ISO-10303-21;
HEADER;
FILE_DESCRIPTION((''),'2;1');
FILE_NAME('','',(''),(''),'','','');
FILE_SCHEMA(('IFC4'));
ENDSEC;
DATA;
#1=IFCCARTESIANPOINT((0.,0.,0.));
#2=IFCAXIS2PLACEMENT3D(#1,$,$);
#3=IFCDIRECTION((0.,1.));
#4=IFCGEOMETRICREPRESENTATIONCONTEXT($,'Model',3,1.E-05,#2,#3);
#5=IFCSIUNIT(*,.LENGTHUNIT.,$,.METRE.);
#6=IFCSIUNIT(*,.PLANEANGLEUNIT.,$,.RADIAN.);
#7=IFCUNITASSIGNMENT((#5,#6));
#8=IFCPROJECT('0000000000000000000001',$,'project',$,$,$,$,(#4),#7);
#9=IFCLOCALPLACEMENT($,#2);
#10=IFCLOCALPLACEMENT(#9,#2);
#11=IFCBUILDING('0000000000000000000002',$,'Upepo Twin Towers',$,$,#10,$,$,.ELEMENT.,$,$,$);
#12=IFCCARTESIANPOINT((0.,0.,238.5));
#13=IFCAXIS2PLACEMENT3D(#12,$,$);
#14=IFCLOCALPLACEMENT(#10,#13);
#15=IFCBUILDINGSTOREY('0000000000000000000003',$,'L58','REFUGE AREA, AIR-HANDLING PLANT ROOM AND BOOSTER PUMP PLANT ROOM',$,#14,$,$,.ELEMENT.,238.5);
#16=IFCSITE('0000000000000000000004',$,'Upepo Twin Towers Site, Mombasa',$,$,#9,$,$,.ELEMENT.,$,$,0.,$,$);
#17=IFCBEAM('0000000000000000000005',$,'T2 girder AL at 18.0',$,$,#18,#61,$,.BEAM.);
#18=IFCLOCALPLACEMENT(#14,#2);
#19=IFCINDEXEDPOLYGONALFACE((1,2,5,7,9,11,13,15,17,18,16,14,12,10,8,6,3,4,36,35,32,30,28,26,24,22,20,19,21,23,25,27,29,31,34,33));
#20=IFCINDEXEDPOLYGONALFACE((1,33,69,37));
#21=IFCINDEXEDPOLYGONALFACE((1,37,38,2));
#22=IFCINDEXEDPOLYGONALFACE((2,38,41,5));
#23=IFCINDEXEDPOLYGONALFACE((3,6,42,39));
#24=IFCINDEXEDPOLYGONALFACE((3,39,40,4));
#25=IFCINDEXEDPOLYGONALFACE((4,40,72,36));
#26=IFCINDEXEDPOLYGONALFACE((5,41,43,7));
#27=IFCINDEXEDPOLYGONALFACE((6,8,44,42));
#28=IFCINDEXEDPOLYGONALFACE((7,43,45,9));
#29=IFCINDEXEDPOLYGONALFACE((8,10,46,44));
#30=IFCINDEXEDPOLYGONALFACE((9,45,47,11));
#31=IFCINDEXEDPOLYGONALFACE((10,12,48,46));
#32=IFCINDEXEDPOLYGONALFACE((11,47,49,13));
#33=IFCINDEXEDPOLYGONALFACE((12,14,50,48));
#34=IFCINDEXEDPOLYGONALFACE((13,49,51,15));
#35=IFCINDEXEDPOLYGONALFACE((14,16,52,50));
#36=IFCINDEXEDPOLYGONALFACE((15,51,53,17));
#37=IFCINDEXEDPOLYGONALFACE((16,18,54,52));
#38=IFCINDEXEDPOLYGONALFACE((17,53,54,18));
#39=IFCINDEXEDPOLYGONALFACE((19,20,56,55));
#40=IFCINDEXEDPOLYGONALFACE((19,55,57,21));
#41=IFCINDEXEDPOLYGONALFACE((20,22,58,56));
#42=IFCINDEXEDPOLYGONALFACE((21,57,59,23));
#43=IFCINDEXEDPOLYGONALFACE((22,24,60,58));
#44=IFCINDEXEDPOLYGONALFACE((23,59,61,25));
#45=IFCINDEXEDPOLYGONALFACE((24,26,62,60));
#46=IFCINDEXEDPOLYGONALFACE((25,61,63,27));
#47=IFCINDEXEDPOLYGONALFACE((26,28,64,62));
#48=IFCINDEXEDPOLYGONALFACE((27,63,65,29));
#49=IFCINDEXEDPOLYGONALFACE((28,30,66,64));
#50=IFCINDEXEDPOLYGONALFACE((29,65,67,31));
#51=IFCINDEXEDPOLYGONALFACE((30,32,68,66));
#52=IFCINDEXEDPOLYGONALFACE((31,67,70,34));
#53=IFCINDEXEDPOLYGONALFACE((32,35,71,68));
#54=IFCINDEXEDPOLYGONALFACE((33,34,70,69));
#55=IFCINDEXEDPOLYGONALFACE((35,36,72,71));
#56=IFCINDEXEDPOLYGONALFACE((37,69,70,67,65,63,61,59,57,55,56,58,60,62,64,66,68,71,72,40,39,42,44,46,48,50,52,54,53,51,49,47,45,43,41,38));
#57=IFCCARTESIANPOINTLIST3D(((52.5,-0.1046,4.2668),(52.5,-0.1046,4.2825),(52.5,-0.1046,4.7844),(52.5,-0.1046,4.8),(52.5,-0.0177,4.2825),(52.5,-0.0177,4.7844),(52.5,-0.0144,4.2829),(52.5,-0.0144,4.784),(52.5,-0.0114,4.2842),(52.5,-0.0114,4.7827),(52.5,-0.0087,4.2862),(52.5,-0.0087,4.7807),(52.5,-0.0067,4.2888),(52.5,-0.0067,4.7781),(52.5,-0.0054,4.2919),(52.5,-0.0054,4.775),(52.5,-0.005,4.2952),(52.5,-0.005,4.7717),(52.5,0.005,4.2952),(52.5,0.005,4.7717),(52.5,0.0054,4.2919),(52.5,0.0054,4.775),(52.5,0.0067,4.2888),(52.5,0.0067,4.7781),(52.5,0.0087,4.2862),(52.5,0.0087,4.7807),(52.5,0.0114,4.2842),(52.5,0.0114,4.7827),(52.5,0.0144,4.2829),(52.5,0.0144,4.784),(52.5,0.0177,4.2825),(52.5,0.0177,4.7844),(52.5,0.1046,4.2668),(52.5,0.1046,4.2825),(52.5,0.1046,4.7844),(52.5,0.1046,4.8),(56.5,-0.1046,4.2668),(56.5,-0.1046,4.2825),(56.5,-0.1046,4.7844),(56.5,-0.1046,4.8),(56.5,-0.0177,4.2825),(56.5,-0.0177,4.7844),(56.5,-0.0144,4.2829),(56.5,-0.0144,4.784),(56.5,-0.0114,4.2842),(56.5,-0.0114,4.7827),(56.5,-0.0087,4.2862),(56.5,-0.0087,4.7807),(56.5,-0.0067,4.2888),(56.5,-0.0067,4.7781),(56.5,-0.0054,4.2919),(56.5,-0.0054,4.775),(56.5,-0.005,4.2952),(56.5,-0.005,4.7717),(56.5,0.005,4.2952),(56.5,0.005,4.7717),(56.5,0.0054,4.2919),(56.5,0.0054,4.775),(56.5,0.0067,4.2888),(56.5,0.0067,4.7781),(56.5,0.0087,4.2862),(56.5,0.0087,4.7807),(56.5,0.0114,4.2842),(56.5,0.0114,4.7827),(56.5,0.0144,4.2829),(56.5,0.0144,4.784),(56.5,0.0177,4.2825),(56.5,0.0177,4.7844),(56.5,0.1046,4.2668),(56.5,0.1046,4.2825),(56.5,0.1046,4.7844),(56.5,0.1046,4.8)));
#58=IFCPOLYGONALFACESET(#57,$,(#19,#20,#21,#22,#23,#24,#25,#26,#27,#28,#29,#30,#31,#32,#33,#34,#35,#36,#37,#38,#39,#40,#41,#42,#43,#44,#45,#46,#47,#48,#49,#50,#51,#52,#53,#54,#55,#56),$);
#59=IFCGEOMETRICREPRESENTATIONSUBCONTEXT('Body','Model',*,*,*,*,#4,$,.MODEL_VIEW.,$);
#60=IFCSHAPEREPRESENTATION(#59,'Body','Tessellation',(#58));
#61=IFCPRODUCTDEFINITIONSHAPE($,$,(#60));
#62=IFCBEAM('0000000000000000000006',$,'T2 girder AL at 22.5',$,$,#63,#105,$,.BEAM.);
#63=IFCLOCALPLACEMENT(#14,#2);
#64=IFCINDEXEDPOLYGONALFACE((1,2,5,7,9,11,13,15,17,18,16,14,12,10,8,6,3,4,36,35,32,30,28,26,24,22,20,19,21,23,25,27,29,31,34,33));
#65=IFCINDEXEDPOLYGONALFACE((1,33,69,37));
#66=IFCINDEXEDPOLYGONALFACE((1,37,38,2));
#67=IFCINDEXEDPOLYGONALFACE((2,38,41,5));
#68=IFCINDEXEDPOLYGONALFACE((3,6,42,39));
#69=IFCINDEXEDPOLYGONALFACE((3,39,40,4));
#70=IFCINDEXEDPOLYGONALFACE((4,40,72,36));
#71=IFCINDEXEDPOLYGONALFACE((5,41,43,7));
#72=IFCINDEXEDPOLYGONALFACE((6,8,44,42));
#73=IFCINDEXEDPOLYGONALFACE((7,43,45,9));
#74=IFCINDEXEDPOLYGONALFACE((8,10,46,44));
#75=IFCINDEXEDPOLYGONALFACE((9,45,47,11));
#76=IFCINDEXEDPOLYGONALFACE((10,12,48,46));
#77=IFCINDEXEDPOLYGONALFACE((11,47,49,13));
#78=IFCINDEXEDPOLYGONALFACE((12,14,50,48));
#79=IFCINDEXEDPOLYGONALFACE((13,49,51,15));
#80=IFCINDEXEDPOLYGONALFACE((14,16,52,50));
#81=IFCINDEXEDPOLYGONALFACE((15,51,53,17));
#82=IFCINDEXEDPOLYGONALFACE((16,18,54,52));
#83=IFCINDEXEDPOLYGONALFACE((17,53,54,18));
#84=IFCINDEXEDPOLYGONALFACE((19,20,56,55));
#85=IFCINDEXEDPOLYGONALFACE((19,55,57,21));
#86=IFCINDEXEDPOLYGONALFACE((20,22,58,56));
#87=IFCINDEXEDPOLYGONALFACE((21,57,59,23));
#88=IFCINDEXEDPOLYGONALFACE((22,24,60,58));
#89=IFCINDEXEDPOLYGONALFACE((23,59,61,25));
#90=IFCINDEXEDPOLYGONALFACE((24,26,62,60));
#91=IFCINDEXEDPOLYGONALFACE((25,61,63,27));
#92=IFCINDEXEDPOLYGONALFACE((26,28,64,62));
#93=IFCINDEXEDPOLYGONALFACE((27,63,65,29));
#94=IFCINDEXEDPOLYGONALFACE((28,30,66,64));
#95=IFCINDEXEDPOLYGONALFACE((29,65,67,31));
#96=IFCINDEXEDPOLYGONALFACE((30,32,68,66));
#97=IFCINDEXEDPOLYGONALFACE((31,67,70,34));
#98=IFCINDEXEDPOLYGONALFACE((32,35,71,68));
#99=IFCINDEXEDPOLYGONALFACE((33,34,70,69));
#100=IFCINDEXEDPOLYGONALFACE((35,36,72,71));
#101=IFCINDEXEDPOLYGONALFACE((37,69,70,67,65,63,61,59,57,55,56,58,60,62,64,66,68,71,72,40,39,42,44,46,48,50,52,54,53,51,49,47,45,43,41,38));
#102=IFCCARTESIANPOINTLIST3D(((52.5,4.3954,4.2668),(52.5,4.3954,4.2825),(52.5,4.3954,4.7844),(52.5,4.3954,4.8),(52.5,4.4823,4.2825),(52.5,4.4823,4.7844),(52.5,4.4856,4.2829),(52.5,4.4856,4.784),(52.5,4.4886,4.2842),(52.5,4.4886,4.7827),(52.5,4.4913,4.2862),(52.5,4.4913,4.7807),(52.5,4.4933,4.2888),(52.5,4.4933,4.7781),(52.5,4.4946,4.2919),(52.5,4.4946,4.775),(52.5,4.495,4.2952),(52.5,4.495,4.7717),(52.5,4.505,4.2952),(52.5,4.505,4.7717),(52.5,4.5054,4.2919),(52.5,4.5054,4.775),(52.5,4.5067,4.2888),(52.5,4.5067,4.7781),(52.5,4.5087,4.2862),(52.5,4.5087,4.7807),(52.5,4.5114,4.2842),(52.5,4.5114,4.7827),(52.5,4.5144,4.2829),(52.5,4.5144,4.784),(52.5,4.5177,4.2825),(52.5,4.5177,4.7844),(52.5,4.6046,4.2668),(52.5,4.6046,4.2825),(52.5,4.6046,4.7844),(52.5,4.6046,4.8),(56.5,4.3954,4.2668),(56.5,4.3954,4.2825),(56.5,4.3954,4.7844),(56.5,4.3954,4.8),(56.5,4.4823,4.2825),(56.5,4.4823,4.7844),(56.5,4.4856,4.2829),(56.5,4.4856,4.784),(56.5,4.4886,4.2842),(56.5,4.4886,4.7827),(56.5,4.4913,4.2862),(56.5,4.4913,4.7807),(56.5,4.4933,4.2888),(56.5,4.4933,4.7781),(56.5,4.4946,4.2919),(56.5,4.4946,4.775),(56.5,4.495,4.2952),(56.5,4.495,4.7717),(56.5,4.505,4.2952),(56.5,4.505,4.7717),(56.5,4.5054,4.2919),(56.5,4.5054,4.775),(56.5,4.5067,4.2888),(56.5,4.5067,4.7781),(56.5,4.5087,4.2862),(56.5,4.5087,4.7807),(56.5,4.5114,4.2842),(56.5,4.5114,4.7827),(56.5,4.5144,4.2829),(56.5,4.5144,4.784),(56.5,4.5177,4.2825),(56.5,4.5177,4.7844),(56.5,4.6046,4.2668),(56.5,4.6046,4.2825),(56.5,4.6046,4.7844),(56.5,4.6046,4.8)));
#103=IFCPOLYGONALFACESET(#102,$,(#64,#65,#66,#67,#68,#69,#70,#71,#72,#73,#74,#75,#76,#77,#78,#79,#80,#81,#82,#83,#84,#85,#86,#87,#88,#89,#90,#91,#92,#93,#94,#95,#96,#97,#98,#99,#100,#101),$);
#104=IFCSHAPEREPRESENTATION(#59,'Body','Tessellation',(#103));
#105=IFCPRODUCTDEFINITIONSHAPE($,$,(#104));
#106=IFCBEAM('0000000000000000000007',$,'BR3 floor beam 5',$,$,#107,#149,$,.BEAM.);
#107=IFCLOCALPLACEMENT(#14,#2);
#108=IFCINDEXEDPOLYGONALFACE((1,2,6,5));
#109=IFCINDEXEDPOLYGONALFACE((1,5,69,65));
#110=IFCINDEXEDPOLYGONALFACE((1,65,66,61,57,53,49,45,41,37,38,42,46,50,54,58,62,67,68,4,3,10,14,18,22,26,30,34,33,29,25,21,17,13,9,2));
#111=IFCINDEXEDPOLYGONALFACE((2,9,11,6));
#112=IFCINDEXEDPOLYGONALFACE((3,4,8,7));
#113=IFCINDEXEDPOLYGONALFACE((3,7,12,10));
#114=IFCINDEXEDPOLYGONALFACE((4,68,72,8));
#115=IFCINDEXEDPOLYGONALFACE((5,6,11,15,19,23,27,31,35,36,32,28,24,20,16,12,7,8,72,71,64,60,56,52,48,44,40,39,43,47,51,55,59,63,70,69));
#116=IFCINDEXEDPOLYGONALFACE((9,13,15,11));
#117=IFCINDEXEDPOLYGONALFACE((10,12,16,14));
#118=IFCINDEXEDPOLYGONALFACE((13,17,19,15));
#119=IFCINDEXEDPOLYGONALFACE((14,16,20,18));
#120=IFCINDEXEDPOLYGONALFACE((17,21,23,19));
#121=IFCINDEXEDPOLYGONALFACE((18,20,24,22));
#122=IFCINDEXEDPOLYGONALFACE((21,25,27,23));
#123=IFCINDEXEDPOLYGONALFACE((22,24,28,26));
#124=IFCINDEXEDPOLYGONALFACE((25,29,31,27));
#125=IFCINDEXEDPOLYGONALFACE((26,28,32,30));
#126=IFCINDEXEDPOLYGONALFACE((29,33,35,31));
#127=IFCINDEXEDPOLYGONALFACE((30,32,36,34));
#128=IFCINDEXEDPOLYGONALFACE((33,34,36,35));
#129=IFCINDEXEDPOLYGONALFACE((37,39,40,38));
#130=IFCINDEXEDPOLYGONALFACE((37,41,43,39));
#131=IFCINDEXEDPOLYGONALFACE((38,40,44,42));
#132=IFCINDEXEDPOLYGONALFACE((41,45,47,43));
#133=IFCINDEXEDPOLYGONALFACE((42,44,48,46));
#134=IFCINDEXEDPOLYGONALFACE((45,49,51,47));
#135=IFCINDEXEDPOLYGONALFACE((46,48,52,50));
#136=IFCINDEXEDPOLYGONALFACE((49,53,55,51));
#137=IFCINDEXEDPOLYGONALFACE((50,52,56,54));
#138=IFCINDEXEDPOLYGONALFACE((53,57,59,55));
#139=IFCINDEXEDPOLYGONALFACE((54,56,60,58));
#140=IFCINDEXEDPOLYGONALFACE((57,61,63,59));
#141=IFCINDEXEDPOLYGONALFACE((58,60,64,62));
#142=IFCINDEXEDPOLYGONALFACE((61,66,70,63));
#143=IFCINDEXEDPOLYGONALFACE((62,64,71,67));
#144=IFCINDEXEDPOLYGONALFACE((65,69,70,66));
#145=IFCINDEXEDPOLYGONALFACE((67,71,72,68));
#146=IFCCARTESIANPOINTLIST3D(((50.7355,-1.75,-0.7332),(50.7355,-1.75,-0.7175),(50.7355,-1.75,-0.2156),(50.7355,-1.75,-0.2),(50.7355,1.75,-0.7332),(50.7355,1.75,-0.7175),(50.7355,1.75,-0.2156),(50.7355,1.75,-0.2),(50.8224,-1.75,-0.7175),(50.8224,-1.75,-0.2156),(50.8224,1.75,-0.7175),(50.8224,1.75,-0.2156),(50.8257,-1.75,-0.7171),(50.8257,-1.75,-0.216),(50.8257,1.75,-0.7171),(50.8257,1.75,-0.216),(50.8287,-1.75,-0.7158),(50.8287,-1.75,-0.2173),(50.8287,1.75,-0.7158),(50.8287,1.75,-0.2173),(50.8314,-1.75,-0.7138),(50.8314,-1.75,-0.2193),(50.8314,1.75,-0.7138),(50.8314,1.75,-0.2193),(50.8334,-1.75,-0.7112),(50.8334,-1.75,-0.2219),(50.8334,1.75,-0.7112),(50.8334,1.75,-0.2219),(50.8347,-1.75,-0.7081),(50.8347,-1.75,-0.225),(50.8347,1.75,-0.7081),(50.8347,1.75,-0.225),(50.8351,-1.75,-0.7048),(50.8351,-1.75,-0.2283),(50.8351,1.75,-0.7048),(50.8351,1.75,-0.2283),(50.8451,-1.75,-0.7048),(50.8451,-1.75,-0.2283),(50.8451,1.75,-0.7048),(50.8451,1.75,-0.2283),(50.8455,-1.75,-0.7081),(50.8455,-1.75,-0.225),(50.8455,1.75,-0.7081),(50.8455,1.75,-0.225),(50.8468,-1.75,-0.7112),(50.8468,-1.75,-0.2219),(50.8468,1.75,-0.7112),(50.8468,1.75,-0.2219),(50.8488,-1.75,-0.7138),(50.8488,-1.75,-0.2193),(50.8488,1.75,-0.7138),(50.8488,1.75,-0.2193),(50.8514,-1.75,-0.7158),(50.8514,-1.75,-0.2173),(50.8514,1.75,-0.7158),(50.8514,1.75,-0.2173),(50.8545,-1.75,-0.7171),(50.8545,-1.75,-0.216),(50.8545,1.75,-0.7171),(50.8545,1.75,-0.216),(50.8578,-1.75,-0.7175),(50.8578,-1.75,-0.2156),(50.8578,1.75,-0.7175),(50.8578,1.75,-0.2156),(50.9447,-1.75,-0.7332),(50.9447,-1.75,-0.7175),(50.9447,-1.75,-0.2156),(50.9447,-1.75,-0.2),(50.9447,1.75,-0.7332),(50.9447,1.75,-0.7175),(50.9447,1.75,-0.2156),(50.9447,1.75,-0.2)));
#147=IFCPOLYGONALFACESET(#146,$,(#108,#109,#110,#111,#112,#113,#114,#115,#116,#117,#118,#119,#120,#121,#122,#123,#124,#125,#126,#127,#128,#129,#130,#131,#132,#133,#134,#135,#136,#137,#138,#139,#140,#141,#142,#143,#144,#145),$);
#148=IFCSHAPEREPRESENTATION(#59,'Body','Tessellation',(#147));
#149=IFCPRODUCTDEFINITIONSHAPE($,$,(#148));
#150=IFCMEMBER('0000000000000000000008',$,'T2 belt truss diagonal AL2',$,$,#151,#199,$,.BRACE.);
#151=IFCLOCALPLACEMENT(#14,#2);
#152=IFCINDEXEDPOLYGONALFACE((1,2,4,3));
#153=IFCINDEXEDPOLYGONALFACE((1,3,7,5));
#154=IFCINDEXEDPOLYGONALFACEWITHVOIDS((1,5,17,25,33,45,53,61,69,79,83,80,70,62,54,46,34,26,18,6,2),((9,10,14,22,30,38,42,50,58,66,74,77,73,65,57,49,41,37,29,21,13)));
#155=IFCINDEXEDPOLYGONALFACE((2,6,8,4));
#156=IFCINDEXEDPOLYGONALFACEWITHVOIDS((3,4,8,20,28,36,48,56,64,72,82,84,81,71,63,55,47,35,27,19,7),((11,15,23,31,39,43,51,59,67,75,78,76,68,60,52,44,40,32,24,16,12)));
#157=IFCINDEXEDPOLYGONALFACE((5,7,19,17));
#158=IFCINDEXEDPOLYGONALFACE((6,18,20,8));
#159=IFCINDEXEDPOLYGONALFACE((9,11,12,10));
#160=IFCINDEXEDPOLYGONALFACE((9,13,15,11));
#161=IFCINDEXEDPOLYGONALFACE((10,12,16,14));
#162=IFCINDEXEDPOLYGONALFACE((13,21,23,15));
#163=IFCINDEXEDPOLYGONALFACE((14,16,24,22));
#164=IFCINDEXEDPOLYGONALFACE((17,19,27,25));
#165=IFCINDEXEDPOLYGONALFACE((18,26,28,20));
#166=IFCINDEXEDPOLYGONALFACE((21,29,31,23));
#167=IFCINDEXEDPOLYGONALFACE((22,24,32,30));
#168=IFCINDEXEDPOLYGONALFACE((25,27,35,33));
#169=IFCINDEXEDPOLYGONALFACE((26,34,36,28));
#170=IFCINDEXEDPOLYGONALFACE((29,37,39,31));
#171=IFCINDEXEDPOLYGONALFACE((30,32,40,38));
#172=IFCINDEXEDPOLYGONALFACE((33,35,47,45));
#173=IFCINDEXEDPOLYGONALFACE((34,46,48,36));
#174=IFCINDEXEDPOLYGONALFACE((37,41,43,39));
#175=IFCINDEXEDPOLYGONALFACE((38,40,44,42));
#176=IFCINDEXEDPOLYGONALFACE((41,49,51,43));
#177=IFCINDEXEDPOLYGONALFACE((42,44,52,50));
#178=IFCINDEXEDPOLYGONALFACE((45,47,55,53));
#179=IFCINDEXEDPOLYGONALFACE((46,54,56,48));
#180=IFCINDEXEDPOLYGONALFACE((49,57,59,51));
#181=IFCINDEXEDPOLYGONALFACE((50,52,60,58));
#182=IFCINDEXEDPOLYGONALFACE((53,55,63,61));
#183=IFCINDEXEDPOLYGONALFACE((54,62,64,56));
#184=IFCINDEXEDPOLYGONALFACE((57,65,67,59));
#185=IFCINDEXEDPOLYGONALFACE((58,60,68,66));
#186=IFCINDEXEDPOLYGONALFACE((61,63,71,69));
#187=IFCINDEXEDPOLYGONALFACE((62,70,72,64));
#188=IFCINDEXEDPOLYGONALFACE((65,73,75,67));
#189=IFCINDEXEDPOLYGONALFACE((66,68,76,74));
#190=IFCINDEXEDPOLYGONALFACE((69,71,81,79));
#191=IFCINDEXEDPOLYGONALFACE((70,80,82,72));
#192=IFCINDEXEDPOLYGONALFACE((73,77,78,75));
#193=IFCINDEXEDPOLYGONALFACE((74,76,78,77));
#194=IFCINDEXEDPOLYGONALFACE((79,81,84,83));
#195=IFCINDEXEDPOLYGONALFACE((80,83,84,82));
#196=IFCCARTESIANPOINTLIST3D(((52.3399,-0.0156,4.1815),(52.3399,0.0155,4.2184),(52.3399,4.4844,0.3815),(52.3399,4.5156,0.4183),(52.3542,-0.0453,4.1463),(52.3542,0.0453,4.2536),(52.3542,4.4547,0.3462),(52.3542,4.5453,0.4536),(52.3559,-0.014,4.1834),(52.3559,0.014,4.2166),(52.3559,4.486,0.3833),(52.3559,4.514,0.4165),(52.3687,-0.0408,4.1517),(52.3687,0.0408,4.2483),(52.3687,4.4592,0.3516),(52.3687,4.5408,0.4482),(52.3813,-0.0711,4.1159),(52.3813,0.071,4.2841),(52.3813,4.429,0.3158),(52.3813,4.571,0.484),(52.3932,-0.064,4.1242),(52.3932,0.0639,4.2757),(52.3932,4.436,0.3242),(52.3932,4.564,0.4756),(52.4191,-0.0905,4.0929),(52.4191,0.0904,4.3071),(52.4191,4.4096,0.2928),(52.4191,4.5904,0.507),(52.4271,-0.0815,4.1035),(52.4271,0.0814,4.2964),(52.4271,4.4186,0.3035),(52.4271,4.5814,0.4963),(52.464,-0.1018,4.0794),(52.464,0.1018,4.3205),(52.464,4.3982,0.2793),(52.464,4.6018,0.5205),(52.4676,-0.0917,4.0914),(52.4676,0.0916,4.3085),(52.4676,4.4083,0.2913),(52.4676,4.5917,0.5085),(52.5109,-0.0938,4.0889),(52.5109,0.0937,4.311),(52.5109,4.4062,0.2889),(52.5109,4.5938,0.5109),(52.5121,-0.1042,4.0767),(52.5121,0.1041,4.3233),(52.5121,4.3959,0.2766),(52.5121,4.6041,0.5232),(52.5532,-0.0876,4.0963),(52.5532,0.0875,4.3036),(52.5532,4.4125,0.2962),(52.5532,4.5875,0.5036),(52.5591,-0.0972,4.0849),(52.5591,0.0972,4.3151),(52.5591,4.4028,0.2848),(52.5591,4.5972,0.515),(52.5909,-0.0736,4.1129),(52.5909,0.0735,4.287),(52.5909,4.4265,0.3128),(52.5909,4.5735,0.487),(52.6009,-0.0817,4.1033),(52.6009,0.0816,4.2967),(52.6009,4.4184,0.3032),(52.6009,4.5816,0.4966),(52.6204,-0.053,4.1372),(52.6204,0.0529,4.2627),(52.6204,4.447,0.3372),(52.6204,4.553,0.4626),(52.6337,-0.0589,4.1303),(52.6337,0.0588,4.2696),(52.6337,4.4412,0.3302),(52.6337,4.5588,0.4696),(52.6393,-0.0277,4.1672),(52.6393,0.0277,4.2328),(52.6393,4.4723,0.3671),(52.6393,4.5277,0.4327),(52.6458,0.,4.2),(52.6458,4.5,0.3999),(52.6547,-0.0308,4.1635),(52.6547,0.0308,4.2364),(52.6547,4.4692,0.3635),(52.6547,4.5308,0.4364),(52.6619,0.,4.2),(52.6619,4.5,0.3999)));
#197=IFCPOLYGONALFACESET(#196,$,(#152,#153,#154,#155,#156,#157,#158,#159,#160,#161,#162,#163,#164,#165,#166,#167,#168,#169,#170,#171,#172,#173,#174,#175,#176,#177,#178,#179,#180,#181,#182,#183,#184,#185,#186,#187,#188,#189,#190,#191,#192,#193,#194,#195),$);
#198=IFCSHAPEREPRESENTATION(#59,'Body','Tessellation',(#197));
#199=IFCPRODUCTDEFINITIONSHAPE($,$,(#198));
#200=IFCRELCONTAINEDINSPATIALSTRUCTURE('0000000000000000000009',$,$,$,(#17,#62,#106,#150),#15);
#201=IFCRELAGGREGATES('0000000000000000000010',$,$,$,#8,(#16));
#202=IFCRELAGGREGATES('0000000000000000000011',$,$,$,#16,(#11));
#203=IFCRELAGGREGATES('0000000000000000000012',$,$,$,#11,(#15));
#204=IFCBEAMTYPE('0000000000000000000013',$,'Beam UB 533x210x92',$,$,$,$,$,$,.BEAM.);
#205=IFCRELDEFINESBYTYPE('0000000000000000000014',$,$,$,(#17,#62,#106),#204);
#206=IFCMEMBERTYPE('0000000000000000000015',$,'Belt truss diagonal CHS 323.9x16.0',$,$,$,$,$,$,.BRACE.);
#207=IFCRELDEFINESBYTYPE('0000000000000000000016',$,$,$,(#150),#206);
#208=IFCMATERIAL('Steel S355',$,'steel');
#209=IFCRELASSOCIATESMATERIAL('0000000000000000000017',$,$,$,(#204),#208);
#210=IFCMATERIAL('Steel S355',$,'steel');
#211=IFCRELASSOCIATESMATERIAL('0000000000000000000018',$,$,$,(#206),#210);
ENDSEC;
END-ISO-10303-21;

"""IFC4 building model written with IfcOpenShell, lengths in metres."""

from ifc_helpers import new_model, si_unit, direction, frame, origin, origin_2d, place, context, subcontext, project, spatial, hollow_circle, i_section, extrude, material, material_profile, profile_set, type_object, element, save


model = new_model("IFC4")

# Units and contexts
model_context = context("Model", 3, precision=1e-05, world=origin(), true_north=direction((0.0, 1.0)))
body_context = subcontext(model_context, "Body", "Model", "MODEL_VIEW")
ifc_project = project(units=[si_unit("LENGTHUNIT", "METRE"), si_unit("PLANEANGLEUNIT", "RADIAN")], contexts=[model_context])

# Site, building, storey
site_placement = place(None, origin())
site = spatial("IfcSite", under=ifc_project, at=site_placement, Name="Upepo Twin Towers Site, Mombasa", CompositionType="ELEMENT", RefElevation=0.0)
building_placement = place(site_placement, origin())
building = spatial("IfcBuilding", under=site, at=building_placement, Name="Upepo Twin Towers", CompositionType="ELEMENT")
storey_placement = place(building_placement, frame((0.0, 0.0, 238.5)))
storey = spatial("IfcBuildingStorey", under=building, at=storey_placement, Name="L58", Description="REFUGE AREA, AIR-HANDLING PLANT ROOM AND BOOSTER PUMP PLANT ROOM", CompositionType="ELEMENT", Elevation=238.5)

# Beams
ifc_material_1 = material(Name="Steel S355", Category="steel")
ifc_material_profile_1 = material_profile(ifc_material_1, i_section(OverallWidth=0.2092, OverallDepth=0.5332, WebThickness=0.01, FlangeThickness=0.0156, FilletRadius=0.0127, at=origin_2d()), Name="UB 533x210x92")
ifc_profile_set_1 = profile_set([ifc_material_profile_1], Name="Steel S355")
beam_type_1 = type_object("IfcBeamType", Name="Beam UB 533x210x92", PredefinedType="BEAM", material=ifc_profile_set_1)
for number, where, z_axis, x_axis, name in (
    (1, (52.5, 0.0, 4.5334), (1.0, 0.0, 0.0), (0.0, 1.0, 0.0), "T2 girder AL at 18.0"),
    (2, (52.5, 4.5, 4.5334), (1.0, 0.0, 0.0), (0.0, 1.0, 0.0), "T2 girder AL at 22.5"),
):
    element("IfcBeam", number, at=place(storey_placement, frame(where, z_axis=z_axis, x_axis=x_axis)), inside=storey, type_object=beam_type_1, Name=name, PredefinedType="BEAM", context=body_context, shape_type="SweptSolid", body=[
        extrude(i_section(OverallWidth=0.2092, OverallDepth=0.5332, WebThickness=0.01, FlangeThickness=0.0156, FilletRadius=0.0127, at=origin_2d()), origin(), (0.0, 0.0, 1.0), 4.0),
    ])
beam_1_placement = place(storey_placement, frame((50.8401, -1.75, -0.4666), z_axis=(0.0, 1.0, 0.0), x_axis=(-1.0, 0.0, 0.0)))
element("IfcBeam", 3, at=beam_1_placement, inside=storey, type_object=beam_type_1, Name="BR3 floor beam 5", PredefinedType="BEAM", context=body_context, shape_type="SweptSolid", body=[
    extrude(i_section(OverallWidth=0.2092, OverallDepth=0.5332, WebThickness=0.01, FlangeThickness=0.0156, FilletRadius=0.0127, at=origin_2d()), origin(), (0.0, 0.0, 1.0), 3.5),
])

# Member
ifc_material_2 = material(Name="Steel S355", Category="steel")
ifc_material_profile_2 = material_profile(ifc_material_2, hollow_circle(Radius=0.1619, WallThickness=0.0161, at=origin_2d()), Name="CHS 323.9x16.0")
ifc_profile_set_2 = profile_set([ifc_material_profile_2], Name="Steel S355")
member_type_1 = type_object("IfcMemberType", Name="Belt truss diagonal CHS 323.9x16.0", PredefinedType="BRACE", material=ifc_profile_set_2)
member_1_placement = place(storey_placement, frame((52.5, 4.5, 0.3999), z_axis=(0.0, -0.764026, 0.645186), x_axis=(1.0, 0.0, 0.0)))
element("IfcMember", 4, at=member_1_placement, inside=storey, type_object=member_type_1, Name="T2 belt truss diagonal AL2", PredefinedType="BRACE", context=body_context, shape_type="SweptSolid", body=[
    extrude(hollow_circle(Radius=0.1619, WallThickness=0.0161, at=origin_2d()), origin(), (0.0, 0.0, 1.0), 5.8899),
])

save(model, "model.ifc")
